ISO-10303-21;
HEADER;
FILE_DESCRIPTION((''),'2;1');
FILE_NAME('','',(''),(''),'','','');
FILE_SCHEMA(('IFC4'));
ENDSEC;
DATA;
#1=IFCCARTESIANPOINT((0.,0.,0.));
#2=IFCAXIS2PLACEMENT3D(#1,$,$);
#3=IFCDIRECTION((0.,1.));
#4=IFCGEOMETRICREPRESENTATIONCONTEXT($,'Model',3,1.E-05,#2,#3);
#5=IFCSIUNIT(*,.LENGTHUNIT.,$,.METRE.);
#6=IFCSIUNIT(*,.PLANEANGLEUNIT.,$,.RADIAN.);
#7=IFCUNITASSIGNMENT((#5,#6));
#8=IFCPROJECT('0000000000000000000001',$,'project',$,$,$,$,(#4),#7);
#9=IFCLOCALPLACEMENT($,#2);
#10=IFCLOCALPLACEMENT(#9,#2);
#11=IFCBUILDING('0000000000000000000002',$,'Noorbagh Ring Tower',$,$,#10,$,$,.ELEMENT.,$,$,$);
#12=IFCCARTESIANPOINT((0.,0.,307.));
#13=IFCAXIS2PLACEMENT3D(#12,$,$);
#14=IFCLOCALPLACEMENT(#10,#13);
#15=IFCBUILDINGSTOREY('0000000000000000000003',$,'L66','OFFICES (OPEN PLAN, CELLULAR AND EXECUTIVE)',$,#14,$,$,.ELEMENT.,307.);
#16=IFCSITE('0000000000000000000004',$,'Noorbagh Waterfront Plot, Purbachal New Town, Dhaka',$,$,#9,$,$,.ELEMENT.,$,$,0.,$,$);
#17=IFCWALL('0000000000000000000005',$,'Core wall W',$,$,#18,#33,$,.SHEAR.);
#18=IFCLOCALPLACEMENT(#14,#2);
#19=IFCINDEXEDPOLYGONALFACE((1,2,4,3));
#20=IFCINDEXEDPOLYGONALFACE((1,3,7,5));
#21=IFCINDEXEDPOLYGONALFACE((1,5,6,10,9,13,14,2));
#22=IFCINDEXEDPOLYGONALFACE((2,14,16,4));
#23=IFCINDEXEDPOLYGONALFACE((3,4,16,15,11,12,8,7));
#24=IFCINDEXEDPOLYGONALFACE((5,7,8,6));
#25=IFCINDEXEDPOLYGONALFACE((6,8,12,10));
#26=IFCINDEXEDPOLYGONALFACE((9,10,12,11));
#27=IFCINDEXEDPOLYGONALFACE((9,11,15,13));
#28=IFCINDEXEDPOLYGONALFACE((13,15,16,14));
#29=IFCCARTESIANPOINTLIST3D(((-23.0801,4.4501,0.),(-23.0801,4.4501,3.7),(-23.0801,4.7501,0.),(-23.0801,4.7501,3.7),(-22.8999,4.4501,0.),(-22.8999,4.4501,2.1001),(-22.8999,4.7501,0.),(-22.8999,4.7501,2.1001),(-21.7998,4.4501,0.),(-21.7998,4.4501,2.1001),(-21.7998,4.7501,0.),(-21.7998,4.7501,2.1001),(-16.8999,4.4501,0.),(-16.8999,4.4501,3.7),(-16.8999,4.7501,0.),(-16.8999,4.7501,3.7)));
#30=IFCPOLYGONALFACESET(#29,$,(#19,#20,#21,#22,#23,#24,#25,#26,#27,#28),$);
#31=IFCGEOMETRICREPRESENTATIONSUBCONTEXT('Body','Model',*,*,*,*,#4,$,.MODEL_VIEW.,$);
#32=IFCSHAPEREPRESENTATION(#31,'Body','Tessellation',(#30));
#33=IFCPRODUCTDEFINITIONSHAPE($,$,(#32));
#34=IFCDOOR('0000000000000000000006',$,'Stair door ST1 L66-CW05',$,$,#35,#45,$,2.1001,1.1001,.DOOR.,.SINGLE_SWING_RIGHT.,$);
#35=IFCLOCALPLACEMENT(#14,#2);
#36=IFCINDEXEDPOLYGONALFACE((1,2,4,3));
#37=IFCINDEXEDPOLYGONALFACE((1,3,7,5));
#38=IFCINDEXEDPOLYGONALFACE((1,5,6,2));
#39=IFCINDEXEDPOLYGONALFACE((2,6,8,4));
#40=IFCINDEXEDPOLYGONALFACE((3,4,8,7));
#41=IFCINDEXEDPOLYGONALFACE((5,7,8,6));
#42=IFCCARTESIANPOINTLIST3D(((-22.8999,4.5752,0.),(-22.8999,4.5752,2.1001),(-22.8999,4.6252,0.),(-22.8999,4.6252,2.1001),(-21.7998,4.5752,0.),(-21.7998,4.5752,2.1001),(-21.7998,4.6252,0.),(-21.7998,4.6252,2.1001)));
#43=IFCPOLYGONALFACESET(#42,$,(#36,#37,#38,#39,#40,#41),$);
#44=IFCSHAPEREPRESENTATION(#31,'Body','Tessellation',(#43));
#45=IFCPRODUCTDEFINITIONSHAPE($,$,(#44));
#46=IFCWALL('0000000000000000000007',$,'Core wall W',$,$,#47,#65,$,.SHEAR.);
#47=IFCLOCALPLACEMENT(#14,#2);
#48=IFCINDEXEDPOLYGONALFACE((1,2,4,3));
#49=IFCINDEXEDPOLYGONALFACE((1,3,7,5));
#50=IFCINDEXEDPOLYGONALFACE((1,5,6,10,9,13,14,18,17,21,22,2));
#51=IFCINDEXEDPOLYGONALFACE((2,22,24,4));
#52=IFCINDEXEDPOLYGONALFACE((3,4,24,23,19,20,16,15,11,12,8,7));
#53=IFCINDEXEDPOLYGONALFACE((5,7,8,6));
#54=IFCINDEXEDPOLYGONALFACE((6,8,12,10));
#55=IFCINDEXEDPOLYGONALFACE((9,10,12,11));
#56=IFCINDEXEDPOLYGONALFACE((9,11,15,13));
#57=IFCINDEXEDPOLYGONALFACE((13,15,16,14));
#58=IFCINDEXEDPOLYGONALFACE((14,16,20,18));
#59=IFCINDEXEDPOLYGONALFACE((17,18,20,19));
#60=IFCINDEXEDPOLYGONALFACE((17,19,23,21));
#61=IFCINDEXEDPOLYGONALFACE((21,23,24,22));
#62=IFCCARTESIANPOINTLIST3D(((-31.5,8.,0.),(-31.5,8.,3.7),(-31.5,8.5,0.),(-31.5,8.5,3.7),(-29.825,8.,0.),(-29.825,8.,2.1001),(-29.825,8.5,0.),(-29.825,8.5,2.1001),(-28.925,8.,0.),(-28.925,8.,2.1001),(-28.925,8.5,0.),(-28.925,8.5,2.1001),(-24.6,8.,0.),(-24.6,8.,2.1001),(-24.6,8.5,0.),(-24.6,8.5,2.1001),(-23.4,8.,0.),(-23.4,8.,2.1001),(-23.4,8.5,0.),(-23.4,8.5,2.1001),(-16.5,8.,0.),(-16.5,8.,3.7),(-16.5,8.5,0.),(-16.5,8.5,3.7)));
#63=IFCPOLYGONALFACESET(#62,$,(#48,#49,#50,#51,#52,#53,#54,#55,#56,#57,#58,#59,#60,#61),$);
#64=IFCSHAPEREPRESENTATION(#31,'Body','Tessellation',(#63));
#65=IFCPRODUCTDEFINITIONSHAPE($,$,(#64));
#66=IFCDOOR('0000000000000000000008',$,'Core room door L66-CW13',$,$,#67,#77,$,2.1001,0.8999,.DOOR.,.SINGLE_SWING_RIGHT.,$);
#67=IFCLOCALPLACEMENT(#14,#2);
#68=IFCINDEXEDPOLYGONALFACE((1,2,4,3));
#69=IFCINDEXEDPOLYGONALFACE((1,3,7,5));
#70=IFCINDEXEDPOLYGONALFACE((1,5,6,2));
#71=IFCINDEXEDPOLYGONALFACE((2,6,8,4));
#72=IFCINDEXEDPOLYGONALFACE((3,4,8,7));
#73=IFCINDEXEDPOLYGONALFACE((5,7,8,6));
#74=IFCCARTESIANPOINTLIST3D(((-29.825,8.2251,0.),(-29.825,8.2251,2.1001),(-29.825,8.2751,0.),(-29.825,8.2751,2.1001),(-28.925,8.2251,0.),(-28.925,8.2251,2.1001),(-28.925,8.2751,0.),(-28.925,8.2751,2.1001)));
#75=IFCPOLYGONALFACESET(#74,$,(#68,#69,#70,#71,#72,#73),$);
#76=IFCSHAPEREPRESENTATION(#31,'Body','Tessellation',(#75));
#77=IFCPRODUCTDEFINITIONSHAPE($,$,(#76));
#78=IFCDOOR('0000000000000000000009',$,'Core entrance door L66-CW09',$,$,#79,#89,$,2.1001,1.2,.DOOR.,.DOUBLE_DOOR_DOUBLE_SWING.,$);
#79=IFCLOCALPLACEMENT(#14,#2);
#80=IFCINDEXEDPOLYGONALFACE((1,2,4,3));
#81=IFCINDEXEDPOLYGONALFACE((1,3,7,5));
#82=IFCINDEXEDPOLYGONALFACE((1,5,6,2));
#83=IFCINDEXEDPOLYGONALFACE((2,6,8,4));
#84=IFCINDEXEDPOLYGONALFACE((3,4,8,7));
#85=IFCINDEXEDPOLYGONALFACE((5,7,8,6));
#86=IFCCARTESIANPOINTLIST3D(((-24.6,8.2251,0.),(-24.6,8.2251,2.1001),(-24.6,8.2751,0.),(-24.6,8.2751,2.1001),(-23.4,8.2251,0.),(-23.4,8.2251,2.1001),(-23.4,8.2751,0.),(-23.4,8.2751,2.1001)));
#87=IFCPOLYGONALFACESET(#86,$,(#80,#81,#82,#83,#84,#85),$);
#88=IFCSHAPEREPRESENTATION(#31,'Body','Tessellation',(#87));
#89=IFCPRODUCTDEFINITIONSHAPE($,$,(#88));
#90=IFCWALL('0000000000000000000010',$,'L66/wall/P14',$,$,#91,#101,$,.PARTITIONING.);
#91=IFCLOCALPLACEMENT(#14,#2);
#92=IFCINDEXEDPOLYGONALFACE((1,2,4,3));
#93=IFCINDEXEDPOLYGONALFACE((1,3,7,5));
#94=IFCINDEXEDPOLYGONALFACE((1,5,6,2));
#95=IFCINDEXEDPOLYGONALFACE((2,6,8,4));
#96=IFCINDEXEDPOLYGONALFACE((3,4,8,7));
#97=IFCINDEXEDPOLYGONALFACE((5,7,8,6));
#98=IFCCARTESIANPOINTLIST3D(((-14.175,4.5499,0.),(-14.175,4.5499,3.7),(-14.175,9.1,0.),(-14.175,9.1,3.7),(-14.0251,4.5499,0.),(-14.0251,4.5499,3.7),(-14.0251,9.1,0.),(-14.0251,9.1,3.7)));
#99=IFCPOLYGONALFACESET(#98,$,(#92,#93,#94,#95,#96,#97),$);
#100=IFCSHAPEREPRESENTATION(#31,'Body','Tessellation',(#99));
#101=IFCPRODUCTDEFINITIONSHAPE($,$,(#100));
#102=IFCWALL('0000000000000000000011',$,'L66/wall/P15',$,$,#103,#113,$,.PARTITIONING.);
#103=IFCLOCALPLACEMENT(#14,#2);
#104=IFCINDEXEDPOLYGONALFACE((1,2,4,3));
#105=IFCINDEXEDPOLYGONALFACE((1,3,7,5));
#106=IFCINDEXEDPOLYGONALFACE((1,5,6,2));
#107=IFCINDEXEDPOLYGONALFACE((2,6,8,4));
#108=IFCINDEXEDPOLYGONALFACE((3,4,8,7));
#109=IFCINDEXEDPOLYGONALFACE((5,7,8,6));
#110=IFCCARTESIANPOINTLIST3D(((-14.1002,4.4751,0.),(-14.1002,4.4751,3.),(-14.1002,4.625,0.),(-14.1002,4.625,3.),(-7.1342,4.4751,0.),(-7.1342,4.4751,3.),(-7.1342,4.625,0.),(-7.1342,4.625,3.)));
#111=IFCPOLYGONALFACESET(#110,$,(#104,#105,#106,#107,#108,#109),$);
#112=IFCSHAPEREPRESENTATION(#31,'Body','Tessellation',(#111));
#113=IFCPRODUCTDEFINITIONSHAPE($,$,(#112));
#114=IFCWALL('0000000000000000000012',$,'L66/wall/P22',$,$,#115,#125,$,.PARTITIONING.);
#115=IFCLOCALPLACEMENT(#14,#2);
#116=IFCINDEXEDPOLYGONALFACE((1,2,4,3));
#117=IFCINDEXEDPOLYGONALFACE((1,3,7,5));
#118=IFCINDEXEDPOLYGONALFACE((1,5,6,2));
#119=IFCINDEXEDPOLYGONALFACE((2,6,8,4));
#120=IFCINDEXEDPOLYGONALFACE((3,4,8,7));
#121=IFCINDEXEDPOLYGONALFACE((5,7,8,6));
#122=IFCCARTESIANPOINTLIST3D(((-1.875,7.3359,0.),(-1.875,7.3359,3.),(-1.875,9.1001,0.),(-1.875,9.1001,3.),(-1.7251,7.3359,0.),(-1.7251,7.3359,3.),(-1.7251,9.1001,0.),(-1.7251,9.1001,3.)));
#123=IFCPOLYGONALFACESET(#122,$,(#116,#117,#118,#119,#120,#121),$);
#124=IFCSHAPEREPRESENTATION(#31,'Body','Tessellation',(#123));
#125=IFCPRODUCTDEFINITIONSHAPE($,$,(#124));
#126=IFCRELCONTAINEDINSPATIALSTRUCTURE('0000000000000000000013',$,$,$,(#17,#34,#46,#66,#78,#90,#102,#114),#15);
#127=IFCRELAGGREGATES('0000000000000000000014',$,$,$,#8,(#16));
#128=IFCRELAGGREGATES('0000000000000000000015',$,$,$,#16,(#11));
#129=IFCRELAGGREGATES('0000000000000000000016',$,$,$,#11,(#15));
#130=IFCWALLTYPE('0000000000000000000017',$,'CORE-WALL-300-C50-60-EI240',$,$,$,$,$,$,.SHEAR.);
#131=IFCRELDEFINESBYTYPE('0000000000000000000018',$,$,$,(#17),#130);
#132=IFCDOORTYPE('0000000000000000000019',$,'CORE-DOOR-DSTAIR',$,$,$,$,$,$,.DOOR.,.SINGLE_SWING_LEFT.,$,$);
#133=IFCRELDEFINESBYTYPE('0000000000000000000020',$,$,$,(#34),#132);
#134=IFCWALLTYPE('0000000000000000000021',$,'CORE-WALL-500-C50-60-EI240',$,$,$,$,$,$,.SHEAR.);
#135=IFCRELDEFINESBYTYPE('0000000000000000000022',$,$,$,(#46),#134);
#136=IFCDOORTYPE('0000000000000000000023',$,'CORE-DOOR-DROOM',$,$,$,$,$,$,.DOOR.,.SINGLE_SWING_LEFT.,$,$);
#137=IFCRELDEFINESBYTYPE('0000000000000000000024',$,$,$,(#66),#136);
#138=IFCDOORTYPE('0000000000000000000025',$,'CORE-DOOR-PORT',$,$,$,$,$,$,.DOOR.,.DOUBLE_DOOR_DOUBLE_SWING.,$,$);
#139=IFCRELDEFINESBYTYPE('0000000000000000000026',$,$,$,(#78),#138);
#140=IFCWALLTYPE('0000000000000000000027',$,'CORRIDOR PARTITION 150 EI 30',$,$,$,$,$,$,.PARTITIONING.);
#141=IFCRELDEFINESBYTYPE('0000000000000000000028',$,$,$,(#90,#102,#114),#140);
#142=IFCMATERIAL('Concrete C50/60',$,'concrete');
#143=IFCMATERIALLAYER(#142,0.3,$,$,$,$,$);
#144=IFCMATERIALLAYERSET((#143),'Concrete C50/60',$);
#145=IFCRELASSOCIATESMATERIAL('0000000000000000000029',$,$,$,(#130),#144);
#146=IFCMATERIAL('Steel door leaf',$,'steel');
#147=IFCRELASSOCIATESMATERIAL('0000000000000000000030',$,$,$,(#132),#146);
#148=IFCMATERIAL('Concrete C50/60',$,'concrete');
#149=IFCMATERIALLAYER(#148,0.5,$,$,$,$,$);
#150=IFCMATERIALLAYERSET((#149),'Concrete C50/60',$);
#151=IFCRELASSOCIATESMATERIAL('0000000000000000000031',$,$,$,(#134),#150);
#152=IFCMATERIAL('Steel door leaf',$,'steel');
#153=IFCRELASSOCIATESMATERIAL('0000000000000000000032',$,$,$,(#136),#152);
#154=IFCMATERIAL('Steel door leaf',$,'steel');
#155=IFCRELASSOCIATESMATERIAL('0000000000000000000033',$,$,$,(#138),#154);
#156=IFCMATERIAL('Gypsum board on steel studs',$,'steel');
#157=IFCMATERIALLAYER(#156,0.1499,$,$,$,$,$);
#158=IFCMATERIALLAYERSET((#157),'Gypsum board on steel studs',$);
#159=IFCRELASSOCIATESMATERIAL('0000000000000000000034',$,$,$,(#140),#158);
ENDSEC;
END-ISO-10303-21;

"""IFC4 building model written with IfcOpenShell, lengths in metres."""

from ifc_helpers import new_model, si_unit, direction, frame, frame_2d, origin, place, context, subcontext, project, spatial, rectangle, extrude, material, layer, layer_set, type_object, element, fill, save


model = new_model("IFC4")

# Units and contexts
model_context = context("Model", 3, precision=1e-05, world=origin(), true_north=direction((0.0, 1.0)))
body_context = subcontext(model_context, "Body", "Model", "MODEL_VIEW")
ifc_project = project(units=[si_unit("LENGTHUNIT", "METRE"), si_unit("PLANEANGLEUNIT", "RADIAN")], contexts=[model_context])

# Site, building, storey
site_placement = place(None, origin())
site = spatial("IfcSite", under=ifc_project, at=site_placement, Name="Noorbagh Waterfront Plot, Purbachal New Town, Dhaka", CompositionType="ELEMENT", RefElevation=0.0)
building_placement = place(site_placement, origin())
building = spatial("IfcBuilding", under=site, at=building_placement, Name="Noorbagh Ring Tower", CompositionType="ELEMENT")
storey_placement = place(building_placement, frame((0.0, 0.0, 307.0)))
storey = spatial("IfcBuildingStorey", under=building, at=storey_placement, Name="L66", Description="OFFICES (OPEN PLAN, CELLULAR AND EXECUTIVE)", CompositionType="ELEMENT", Elevation=307.0)

# Wall, opening, door
ifc_material_1 = material(Name="Concrete C50/60", Category="concrete")
ifc_layer_1 = layer(ifc_material_1, 0.3)
ifc_layer_set_1 = layer_set([ifc_layer_1], Name="Concrete C50/60")
wall_type_1 = type_object("IfcWallType", Name="CORE-WALL-300-C50-60-EI240", PredefinedType="SHEAR", material=ifc_layer_set_1)
wall_1_placement = place(storey_placement, frame((-16.8999, 4.6001, 0.0), z_axis=(0.0, 0.0, 1.0), x_axis=(-1.0, 0.0, 0.0)))
wall_1 = element("IfcWall", 1, at=wall_1_placement, inside=storey, type_object=wall_type_1, Name="Core wall W", PredefinedType="SHEAR", context=body_context, shape_type="SweptSolid", body=[
    extrude(rectangle(XDim=6.1802, YDim=0.3, at=frame_2d((3.0901, 0.0))), origin(), (0.0, 0.0, 1.0), 3.7),
])
opening_1_placement = place(wall_1_placement, frame((4.8999, 0.0, 0.0)))
opening_1 = element("IfcOpeningElement", 2, at=opening_1_placement, cuts=wall_1, PredefinedType="OPENING", context=body_context, shape_type="SweptSolid", body=[
    extrude(rectangle(XDim=1.1001, YDim=2.1001, at=frame_2d((0.55, 1.05))), frame((0.0, 0.1602, 0.0), z_axis=(0.0, -1.0, 0.0), x_axis=(1.0, 0.0, 0.0)), (0.0, 0.0, 1.0), 0.3201),
])
ifc_material_2 = material(Name="Steel door leaf", Category="steel")
door_type_1 = type_object("IfcDoorType", Name="CORE-DOOR-DSTAIR", OperationType="SINGLE_SWING_LEFT", PredefinedType="DOOR", material=ifc_material_2)
door_1_placement = place(opening_1_placement, origin())
door_1 = element("IfcDoor", 3, at=door_1_placement, inside=storey, type_object=door_type_1, Name="Stair door ST1 L66-CW05", OperationType="SINGLE_SWING_RIGHT", OverallHeight=2.1001, OverallWidth=1.1001, PredefinedType="DOOR", context=body_context, shape_type="SweptSolid", body=[
    extrude(rectangle(XDim=1.1001, YDim=2.1001, at=frame_2d((0.55, 1.05))), frame((0.0, 0.0249, 0.0), z_axis=(0.0, -1.0, 0.0), x_axis=(1.0, 0.0, 0.0)), (0.0, 0.0, 1.0), 0.05),
])
fill(opening_1, door_1)

# Wall, openings, doors
ifc_material_3 = material(Name="Concrete C50/60", Category="concrete")
ifc_layer_2 = layer(ifc_material_3, 0.5)
ifc_layer_set_2 = layer_set([ifc_layer_2], Name="Concrete C50/60")
wall_type_2 = type_object("IfcWallType", Name="CORE-WALL-500-C50-60-EI240", PredefinedType="SHEAR", material=ifc_layer_set_2)
wall_2_placement = place(storey_placement, frame((-16.5, 8.25, 0.0), z_axis=(0.0, 0.0, 1.0), x_axis=(-1.0, 0.0, 0.0)))
wall_2 = element("IfcWall", 4, at=wall_2_placement, inside=storey, type_object=wall_type_2, Name="Core wall W", PredefinedType="SHEAR", context=body_context, shape_type="SweptSolid", body=[
    extrude(rectangle(XDim=15.0, YDim=0.5, at=frame_2d((7.5, 0.0))), origin(), (0.0, 0.0, 1.0), 3.7),
])
opening_2_placement = place(wall_2_placement, frame((6.8999, 0.0, 0.0)))
opening_2 = element("IfcOpeningElement", 5, at=opening_2_placement, cuts=wall_2, PredefinedType="OPENING", context=body_context, shape_type="SweptSolid", body=[
    extrude(rectangle(XDim=1.2, YDim=2.1001, at=frame_2d((0.6001, 1.05))), frame((0.0, 0.26, 0.0), z_axis=(0.0, -1.0, 0.0), x_axis=(1.0, 0.0, 0.0)), (0.0, 0.0, 1.0), 0.52),
])
opening_3_placement = place(wall_2_placement, frame((12.425, 0.0, 0.0)))
opening_3 = element("IfcOpeningElement", 6, at=opening_3_placement, cuts=wall_2, PredefinedType="OPENING", context=body_context, shape_type="SweptSolid", body=[
    extrude(rectangle(XDim=0.8999, YDim=2.1001, at=frame_2d((0.45, 1.05))), frame((0.0, 0.26, 0.0), z_axis=(0.0, -1.0, 0.0), x_axis=(1.0, 0.0, 0.0)), (0.0, 0.0, 1.0), 0.52),
])
ifc_material_4 = material(Name="Steel door leaf", Category="steel")
door_type_2 = type_object("IfcDoorType", Name="CORE-DOOR-DROOM", OperationType="SINGLE_SWING_LEFT", PredefinedType="DOOR", material=ifc_material_4)
door_2_placement = place(opening_3_placement, origin())
door_2 = element("IfcDoor", 7, at=door_2_placement, inside=storey, type_object=door_type_2, Name="Core room door L66-CW13", OperationType="SINGLE_SWING_RIGHT", OverallHeight=2.1001, OverallWidth=0.8999, PredefinedType="DOOR", context=body_context, shape_type="SweptSolid", body=[
    extrude(rectangle(XDim=0.8999, YDim=2.1001, at=frame_2d((0.45, 1.05))), frame((0.0, 0.0249, 0.0), z_axis=(0.0, -1.0, 0.0), x_axis=(1.0, 0.0, 0.0)), (0.0, 0.0, 1.0), 0.05),
])
fill(opening_3, door_2)
ifc_material_5 = material(Name="Steel door leaf", Category="steel")
door_type_3 = type_object("IfcDoorType", Name="CORE-DOOR-PORT", OperationType="DOUBLE_DOOR_DOUBLE_SWING", PredefinedType="DOOR", material=ifc_material_5)
door_3_placement = place(opening_2_placement, origin())
door_3 = element("IfcDoor", 8, at=door_3_placement, inside=storey, type_object=door_type_3, Name="Core entrance door L66-CW09", OperationType="DOUBLE_DOOR_DOUBLE_SWING", OverallHeight=2.1001, OverallWidth=1.2, PredefinedType="DOOR", context=body_context, shape_type="SweptSolid", body=[
    extrude(rectangle(XDim=1.2, YDim=2.1001, at=frame_2d((0.6001, 1.05))), frame((0.0, 0.0249, 0.0), z_axis=(0.0, -1.0, 0.0), x_axis=(1.0, 0.0, 0.0)), (0.0, 0.0, 1.0), 0.05),
])
fill(opening_2, door_3)

# Walls
ifc_material_6 = material(Name="Gypsum board on steel studs", Category="steel")
ifc_layer_3 = layer(ifc_material_6, 0.1499)
ifc_layer_set_3 = layer_set([ifc_layer_3], Name="Gypsum board on steel studs")
wall_type_3 = type_object("IfcWallType", Name="CORRIDOR PARTITION 150 EI 30", PredefinedType="PARTITIONING", material=ifc_layer_set_3)
wall_3_placement = place(storey_placement, frame((-14.1001, 4.55, 0.0), z_axis=(0.0, 0.0, 1.0), x_axis=(0.0, 1.0, 0.0)))
element("IfcWall", 9, at=wall_3_placement, inside=storey, type_object=wall_type_3, Name="L66/wall/P14", PredefinedType="PARTITIONING", context=body_context, shape_type="SweptSolid", body=[
    extrude(rectangle(XDim=4.55, YDim=0.1499, at=frame_2d((2.2749, 0.0))), origin(), (0.0, 0.0, 1.0), 3.7),
])
wall_4_placement = place(storey_placement, frame((-14.1001, 4.55, 0.0), z_axis=(0.0, 0.0, 1.0), x_axis=(1.0, 0.0, 0.0)))
element("IfcWall", 10, at=wall_4_placement, inside=storey, type_object=wall_type_3, Name="L66/wall/P15", PredefinedType="PARTITIONING", context=body_context, shape_type="SweptSolid", body=[
    extrude(rectangle(XDim=6.9661, YDim=0.1499, at=frame_2d((3.4829, 0.0))), origin(), (0.0, 0.0, 1.0), 3.0),
])
wall_5_placement = place(storey_placement, frame((-1.8, 7.3359, 0.0), z_axis=(0.0, 0.0, 1.0), x_axis=(0.0, 1.0, 0.0)))
element("IfcWall", 11, at=wall_5_placement, inside=storey, type_object=wall_type_3, Name="L66/wall/P22", PredefinedType="PARTITIONING", context=body_context, shape_type="SweptSolid", body=[
    extrude(rectangle(XDim=1.7642, YDim=0.1499, at=frame_2d((0.8821, 0.0))), origin(), (0.0, 0.0, 1.0), 3.0),
])

save(model, "model.ifc")
